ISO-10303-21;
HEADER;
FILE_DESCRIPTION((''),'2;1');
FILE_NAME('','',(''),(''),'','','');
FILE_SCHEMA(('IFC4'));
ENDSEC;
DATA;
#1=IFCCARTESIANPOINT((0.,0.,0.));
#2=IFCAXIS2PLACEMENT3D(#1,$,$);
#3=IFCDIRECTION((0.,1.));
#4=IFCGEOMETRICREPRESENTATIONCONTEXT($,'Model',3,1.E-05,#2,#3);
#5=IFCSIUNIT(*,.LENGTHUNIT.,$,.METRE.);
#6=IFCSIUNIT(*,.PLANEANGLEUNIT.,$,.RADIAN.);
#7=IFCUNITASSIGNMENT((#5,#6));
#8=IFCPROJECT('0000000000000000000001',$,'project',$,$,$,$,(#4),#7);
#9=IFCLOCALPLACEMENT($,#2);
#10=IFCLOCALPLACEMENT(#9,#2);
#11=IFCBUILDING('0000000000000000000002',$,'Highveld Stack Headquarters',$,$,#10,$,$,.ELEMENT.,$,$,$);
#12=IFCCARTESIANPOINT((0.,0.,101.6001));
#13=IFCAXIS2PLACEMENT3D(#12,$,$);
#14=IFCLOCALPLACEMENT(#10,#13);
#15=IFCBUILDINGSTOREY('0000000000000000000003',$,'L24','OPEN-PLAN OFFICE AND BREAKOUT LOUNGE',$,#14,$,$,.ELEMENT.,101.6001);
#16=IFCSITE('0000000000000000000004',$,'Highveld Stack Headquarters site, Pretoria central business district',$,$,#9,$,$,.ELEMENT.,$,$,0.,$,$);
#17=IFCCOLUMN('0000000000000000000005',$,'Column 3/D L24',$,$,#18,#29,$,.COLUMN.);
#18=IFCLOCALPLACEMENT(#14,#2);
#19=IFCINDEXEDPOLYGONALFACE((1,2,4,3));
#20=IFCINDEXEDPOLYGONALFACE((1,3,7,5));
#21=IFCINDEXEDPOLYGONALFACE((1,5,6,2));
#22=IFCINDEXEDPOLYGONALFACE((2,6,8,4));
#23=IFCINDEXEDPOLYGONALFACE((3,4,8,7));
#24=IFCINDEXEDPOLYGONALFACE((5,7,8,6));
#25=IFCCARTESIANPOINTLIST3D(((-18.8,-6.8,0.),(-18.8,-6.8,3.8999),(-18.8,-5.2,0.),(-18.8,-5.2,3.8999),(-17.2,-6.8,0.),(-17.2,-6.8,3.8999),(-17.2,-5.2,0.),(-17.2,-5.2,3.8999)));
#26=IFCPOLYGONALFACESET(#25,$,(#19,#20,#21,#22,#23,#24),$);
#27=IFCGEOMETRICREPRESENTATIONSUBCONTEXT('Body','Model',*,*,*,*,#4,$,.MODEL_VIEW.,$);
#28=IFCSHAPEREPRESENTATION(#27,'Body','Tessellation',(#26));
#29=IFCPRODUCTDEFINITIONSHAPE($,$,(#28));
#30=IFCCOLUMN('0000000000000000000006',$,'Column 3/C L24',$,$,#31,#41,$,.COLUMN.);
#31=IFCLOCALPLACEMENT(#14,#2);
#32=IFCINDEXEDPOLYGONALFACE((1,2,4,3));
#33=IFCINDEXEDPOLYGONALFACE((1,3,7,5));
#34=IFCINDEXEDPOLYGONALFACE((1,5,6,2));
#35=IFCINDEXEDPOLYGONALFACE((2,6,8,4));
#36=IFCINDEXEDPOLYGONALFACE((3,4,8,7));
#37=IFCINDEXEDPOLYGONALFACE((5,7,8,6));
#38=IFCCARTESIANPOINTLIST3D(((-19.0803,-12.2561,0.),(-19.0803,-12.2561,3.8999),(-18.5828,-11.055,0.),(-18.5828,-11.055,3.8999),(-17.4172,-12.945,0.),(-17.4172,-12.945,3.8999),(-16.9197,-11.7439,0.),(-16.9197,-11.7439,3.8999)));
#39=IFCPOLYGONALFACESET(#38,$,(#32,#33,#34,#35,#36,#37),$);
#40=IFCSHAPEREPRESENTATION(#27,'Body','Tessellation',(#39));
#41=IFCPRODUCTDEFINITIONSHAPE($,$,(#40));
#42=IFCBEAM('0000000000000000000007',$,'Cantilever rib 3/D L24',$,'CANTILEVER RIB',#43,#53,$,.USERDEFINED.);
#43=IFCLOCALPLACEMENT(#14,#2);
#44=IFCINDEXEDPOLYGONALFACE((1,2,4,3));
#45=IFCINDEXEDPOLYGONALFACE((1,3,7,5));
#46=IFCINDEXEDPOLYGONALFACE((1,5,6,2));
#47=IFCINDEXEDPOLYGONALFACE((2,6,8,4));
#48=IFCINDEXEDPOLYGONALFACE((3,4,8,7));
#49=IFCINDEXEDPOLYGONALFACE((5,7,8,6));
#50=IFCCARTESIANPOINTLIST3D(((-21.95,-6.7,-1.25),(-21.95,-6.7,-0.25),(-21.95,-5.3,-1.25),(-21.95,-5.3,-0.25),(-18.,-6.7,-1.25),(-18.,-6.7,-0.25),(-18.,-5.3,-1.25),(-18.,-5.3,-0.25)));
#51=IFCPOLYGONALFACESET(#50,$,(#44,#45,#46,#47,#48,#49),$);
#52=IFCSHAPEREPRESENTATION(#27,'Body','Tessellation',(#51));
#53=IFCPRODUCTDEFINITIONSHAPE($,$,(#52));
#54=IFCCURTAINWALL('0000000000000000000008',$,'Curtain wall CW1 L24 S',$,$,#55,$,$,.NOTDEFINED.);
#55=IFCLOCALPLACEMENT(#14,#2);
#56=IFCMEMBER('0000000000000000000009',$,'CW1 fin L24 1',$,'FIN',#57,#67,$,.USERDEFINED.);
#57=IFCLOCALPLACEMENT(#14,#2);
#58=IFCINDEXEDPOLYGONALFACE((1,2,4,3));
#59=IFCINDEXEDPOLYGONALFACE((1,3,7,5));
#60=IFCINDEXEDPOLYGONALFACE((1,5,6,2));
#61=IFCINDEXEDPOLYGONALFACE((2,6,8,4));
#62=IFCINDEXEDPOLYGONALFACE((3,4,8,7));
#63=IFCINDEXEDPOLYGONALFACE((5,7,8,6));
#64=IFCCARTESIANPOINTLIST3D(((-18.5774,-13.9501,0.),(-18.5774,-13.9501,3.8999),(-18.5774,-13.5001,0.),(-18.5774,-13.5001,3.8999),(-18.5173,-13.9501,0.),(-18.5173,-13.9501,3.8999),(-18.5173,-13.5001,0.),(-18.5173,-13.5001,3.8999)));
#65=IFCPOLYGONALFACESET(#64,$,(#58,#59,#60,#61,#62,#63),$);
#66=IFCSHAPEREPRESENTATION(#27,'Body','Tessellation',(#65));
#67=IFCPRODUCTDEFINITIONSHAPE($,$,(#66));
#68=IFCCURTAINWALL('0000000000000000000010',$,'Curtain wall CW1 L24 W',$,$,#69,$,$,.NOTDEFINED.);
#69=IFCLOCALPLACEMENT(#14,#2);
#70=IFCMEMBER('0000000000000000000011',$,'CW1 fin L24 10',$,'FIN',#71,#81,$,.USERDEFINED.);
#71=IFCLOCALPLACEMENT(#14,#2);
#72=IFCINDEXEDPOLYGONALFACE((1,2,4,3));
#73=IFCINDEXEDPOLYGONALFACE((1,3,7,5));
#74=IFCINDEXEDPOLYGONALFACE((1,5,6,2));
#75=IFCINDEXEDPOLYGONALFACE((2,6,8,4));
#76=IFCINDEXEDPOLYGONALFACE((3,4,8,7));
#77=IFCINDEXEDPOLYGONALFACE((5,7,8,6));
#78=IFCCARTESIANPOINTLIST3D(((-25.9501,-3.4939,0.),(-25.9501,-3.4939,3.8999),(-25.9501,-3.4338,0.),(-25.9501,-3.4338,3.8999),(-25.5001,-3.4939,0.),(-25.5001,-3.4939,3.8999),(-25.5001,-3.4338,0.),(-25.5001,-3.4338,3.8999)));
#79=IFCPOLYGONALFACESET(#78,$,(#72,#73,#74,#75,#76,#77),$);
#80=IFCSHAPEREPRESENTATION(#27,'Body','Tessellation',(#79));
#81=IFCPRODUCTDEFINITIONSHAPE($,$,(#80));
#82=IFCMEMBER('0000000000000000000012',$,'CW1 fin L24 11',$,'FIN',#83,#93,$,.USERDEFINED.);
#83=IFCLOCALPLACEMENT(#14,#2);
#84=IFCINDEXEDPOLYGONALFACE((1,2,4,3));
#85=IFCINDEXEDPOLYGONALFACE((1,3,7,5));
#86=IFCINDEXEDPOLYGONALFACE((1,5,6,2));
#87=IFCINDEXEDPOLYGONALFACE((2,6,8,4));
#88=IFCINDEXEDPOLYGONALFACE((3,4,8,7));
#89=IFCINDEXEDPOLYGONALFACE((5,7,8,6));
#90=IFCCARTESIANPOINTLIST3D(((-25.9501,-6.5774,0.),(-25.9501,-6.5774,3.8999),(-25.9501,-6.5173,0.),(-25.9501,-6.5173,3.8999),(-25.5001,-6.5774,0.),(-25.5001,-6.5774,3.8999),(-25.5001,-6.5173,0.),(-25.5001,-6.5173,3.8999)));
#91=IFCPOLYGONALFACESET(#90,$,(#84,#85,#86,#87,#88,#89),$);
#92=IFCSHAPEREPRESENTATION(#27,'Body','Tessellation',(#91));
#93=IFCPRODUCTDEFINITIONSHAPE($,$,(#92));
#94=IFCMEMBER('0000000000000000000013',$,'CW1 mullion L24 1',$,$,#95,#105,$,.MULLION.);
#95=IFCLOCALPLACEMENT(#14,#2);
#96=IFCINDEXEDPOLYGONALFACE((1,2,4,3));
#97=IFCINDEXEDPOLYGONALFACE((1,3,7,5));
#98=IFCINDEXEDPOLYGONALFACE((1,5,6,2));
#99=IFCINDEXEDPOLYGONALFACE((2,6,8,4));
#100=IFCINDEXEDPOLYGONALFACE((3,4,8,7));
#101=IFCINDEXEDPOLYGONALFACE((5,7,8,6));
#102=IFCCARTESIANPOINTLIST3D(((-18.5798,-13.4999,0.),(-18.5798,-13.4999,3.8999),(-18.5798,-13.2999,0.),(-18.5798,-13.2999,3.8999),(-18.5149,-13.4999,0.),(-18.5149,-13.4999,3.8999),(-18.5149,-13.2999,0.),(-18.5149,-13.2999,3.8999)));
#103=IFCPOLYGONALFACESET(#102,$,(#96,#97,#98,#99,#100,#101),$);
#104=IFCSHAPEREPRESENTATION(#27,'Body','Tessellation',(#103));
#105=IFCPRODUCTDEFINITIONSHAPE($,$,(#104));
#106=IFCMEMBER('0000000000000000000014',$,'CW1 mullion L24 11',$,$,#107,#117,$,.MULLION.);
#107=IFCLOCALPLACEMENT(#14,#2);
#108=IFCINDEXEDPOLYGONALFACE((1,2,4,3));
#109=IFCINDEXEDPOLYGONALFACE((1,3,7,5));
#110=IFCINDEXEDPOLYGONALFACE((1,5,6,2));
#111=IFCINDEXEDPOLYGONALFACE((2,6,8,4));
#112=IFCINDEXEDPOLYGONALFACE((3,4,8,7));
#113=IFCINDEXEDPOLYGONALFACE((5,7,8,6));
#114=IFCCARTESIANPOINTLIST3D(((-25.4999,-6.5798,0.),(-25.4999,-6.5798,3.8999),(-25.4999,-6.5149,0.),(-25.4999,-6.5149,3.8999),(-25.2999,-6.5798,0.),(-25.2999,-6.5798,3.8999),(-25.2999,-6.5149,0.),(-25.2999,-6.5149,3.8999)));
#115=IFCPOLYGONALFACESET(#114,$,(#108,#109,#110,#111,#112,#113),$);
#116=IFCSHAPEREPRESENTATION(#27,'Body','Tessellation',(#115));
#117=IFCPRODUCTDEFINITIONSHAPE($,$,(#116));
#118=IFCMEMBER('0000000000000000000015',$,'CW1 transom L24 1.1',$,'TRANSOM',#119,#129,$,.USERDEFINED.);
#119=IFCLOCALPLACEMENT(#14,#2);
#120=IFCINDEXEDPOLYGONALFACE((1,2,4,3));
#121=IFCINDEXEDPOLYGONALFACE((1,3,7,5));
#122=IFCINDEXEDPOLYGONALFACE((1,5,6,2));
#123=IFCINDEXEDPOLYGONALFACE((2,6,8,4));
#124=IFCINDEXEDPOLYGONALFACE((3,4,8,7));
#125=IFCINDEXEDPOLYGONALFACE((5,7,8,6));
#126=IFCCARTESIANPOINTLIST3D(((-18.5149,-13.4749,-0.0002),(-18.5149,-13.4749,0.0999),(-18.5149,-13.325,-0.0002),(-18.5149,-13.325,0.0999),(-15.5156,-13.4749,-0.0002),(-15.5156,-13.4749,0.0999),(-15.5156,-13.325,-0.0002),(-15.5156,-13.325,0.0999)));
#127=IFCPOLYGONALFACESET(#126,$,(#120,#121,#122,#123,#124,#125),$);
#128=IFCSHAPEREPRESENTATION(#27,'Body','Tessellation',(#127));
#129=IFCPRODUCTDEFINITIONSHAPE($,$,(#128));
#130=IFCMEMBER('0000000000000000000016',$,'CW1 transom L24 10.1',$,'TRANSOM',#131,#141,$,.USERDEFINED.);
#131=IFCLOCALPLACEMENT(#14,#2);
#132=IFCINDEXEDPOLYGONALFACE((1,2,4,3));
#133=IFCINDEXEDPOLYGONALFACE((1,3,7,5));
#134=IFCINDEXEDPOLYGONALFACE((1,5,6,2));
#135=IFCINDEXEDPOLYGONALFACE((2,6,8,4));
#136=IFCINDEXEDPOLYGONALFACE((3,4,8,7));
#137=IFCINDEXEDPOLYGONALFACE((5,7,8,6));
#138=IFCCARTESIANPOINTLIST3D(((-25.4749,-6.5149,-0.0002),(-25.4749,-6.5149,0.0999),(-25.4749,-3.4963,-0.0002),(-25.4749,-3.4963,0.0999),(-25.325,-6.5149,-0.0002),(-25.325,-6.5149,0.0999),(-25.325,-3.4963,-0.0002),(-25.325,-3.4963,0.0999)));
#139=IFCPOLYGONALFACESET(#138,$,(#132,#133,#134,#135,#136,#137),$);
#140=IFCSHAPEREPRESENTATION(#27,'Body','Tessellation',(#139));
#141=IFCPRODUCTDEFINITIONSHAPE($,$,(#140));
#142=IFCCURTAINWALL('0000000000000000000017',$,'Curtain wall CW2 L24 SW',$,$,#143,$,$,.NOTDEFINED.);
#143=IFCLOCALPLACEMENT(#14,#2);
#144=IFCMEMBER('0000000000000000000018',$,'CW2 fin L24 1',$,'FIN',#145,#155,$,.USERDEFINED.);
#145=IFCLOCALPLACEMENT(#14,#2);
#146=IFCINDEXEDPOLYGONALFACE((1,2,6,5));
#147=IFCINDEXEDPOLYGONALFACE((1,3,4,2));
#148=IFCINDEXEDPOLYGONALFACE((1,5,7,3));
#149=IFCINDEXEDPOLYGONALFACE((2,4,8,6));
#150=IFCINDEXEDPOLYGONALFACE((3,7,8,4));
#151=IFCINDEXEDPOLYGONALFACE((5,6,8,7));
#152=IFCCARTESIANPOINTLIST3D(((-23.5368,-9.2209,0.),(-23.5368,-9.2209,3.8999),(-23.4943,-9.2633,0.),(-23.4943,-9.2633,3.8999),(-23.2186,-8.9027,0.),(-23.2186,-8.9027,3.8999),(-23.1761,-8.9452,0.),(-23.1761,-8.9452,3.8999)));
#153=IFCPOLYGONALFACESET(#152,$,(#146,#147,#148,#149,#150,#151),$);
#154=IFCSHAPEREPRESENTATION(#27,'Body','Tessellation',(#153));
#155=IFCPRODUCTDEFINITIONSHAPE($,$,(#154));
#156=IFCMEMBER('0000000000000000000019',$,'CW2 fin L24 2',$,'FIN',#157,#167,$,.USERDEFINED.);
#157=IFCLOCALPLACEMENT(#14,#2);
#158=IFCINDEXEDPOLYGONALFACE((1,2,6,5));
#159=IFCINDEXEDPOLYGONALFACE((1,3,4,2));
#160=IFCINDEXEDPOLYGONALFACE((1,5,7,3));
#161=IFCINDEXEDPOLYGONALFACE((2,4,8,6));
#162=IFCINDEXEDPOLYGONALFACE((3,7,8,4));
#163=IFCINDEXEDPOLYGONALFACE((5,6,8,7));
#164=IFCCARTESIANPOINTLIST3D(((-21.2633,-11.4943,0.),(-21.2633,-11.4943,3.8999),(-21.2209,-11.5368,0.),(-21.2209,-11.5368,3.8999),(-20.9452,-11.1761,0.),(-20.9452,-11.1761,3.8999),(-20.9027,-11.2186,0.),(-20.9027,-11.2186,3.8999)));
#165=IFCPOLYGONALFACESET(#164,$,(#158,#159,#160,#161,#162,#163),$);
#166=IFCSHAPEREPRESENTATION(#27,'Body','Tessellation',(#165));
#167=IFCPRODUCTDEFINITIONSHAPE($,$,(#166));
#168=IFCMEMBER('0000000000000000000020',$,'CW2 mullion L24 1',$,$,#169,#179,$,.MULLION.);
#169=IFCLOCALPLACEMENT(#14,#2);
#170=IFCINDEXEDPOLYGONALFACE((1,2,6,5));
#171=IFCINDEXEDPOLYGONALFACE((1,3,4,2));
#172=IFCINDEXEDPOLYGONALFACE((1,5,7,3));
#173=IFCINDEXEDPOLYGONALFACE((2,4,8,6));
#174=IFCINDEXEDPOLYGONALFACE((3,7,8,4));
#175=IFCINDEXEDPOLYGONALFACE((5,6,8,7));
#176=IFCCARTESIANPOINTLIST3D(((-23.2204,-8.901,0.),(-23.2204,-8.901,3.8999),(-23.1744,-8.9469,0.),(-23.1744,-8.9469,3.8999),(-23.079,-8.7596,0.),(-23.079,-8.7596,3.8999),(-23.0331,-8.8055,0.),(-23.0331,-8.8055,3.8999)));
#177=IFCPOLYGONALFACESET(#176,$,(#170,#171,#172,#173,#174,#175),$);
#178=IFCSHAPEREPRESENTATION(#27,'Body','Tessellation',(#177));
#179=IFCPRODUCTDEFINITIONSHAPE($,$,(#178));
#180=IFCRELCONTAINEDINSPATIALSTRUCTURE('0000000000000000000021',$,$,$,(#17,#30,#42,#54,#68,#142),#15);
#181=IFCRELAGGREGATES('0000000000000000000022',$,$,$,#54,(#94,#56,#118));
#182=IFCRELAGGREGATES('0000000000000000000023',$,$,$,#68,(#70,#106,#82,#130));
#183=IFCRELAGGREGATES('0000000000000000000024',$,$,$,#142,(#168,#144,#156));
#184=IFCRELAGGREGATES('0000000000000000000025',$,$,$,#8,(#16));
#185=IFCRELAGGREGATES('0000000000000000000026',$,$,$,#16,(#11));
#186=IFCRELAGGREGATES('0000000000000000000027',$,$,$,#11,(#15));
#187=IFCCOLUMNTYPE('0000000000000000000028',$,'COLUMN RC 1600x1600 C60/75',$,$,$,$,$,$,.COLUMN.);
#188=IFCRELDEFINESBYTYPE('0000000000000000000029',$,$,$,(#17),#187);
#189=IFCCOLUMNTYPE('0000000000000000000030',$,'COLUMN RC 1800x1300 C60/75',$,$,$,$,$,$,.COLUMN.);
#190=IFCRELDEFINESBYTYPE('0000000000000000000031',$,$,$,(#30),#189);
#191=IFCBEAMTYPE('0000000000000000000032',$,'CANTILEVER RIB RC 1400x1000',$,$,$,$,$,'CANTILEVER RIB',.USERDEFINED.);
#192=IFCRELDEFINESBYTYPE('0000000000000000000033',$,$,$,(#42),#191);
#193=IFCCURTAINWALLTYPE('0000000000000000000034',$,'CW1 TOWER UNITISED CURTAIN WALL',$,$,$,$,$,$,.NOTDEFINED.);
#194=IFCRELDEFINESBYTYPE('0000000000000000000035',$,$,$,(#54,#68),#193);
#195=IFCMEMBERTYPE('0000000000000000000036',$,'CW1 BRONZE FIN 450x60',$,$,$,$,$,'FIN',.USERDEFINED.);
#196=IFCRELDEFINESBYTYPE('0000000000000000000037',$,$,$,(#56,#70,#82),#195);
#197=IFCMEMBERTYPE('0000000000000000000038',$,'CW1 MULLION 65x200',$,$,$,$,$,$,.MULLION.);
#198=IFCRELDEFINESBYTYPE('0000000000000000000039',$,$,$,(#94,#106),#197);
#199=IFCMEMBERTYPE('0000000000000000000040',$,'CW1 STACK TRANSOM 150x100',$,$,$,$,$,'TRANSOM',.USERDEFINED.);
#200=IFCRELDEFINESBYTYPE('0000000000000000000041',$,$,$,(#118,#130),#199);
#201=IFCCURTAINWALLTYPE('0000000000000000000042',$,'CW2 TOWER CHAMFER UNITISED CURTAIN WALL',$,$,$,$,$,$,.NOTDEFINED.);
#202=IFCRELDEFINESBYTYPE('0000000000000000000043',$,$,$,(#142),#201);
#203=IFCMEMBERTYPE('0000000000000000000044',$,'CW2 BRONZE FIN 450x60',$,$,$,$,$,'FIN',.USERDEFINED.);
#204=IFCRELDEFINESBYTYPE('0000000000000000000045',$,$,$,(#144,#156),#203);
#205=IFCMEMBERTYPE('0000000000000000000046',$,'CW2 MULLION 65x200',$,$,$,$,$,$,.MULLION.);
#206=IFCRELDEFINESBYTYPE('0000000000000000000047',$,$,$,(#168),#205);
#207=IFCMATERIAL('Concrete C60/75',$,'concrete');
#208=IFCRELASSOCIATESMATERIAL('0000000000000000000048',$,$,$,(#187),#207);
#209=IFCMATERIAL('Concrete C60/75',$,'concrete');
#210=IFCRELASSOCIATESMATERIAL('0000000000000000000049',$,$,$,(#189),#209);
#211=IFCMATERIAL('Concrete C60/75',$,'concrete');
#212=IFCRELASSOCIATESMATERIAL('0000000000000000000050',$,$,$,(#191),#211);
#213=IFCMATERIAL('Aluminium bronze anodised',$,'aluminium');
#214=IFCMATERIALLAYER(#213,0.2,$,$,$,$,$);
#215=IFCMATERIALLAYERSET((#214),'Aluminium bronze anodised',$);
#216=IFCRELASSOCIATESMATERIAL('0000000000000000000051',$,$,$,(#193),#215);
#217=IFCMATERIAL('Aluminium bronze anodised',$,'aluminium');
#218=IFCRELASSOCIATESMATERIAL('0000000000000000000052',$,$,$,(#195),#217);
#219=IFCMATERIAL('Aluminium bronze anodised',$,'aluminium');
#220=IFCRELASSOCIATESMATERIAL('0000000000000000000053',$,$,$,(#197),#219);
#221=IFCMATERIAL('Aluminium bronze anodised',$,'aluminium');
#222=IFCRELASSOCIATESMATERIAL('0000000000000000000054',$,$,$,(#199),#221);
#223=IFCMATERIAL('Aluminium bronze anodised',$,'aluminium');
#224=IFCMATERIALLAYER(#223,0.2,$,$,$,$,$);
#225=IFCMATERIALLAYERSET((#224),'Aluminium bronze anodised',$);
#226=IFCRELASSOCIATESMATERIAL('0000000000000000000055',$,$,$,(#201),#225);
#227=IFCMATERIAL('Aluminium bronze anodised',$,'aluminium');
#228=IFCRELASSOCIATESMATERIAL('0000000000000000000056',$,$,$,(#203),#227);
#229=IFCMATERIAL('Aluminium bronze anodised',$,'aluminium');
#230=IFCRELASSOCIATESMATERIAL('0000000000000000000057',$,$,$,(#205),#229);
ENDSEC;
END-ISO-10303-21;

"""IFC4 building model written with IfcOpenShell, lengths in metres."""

from ifc_helpers import new_model, si_unit, direction, frame, origin, origin_2d, place, context, subcontext, project, spatial, rectangle, extrude, material, layer, layer_set, material_profile, profile_set, type_object, element, aggregate, save


model = new_model("IFC4")

# Units and contexts
model_context = context("Model", 3, precision=1e-05, world=origin(), true_north=direction((0.0, 1.0)))
body_context = subcontext(model_context, "Body", "Model", "MODEL_VIEW")
ifc_project = project(units=[si_unit("LENGTHUNIT", "METRE"), si_unit("PLANEANGLEUNIT", "RADIAN")], contexts=[model_context])

# Site, building, storey
site_placement = place(None, origin())
site = spatial("IfcSite", under=ifc_project, at=site_placement, Name="Highveld Stack Headquarters site, Pretoria central business district", CompositionType="ELEMENT", RefElevation=0.0)
building_placement = place(site_placement, origin())
building = spatial("IfcBuilding", under=site, at=building_placement, Name="Highveld Stack Headquarters", CompositionType="ELEMENT")
storey_placement = place(building_placement, frame((0.0, 0.0, 101.6001)))
storey = spatial("IfcBuildingStorey", under=building, at=storey_placement, Name="L24", Description="OPEN-PLAN OFFICE AND BREAKOUT LOUNGE", CompositionType="ELEMENT", Elevation=101.6001)

# Columns
ifc_material_1 = material(Name="Concrete C60/75", Category="concrete")
ifc_material_profile_1 = material_profile(ifc_material_1, rectangle(XDim=1.6001, YDim=1.6001, at=origin_2d()), Name="RC 1600x1600")
ifc_profile_set_1 = profile_set([ifc_material_profile_1], Name="Concrete C60/75")
column_type_1 = type_object("IfcColumnType", Name="COLUMN RC 1600x1600 C60/75", PredefinedType="COLUMN", material=ifc_profile_set_1)
column_1_placement = place(storey_placement, frame((-18.0, -6.0, 0.0), z_axis=(0.0, 0.0, 1.0), x_axis=(1.0, 0.0, 0.0)))
element("IfcColumn", 1, at=column_1_placement, inside=storey, type_object=column_type_1, Name="Column 3/D L24", PredefinedType="COLUMN", context=body_context, shape_type="SweptSolid", body=[
    extrude(rectangle(XDim=1.6001, YDim=1.6001, at=origin_2d()), origin(), (0.0, 0.0, 1.0), 3.8999),
])
ifc_material_2 = material(Name="Concrete C60/75", Category="concrete")
ifc_material_profile_2 = material_profile(ifc_material_2, rectangle(XDim=1.8, YDim=1.3, at=origin_2d()), Name="RC 1800x1300")
ifc_profile_set_2 = profile_set([ifc_material_profile_2], Name="Concrete C60/75")
column_type_2 = type_object("IfcColumnType", Name="COLUMN RC 1800x1300 C60/75", PredefinedType="COLUMN", material=ifc_profile_set_2)
column_2_placement = place(storey_placement, frame((-18.0, -12.0, 0.0), z_axis=(0.0, 0.0, 1.0), x_axis=(-0.92388, 0.382683, 0.0)))
element("IfcColumn", 2, at=column_2_placement, inside=storey, type_object=column_type_2, Name="Column 3/C L24", PredefinedType="COLUMN", context=body_context, shape_type="SweptSolid", body=[
    extrude(rectangle(XDim=1.8, YDim=1.3, at=origin_2d()), origin(), (0.0, 0.0, 1.0), 3.8999),
])

# Beam
ifc_material_3 = material(Name="Concrete C60/75", Category="concrete")
ifc_material_profile_3 = material_profile(ifc_material_3, rectangle(XDim=1.3999, YDim=1.0, at=origin_2d()), Name="RC 1400x1000")
ifc_profile_set_3 = profile_set([ifc_material_profile_3], Name="Concrete C60/75")
beam_type_1 = type_object("IfcBeamType", Name="CANTILEVER RIB RC 1400x1000", ElementType="CANTILEVER RIB", PredefinedType="USERDEFINED", material=ifc_profile_set_3)
beam_1_placement = place(storey_placement, frame((-18.0, -6.0, -0.75), z_axis=(-1.0, 0.0, 0.0), x_axis=(0.0, -1.0, 0.0)))
element("IfcBeam", 3, at=beam_1_placement, inside=storey, type_object=beam_type_1, Name="Cantilever rib 3/D L24", ObjectType="CANTILEVER RIB", PredefinedType="USERDEFINED", context=body_context, shape_type="SweptSolid", body=[
    extrude(rectangle(XDim=1.3999, YDim=1.0, at=origin_2d()), origin(), (0.0, 0.0, 1.0), 3.95),
])

# Curtain wall, member
ifc_material_4 = material(Name="Aluminium bronze anodised", Category="aluminium")
ifc_layer_1 = layer(ifc_material_4, 0.2)
ifc_layer_set_1 = layer_set([ifc_layer_1], Name="Aluminium bronze anodised")
curtain_wall_type_1 = type_object("IfcCurtainWallType", Name="CW1 TOWER UNITISED CURTAIN WALL", PredefinedType="NOTDEFINED", material=ifc_layer_set_1)
curtain_wall_1_placement = place(storey_placement, origin())
curtain_wall_1 = element("IfcCurtainWall", 4, at=curtain_wall_1_placement, inside=storey, type_object=curtain_wall_type_1, Name="Curtain wall CW1 L24 S", PredefinedType="NOTDEFINED")
ifc_material_5 = material(Name="Aluminium bronze anodised", Category="aluminium")
ifc_material_profile_4 = material_profile(ifc_material_5, rectangle(XDim=0.45, YDim=0.0601, at=origin_2d()), Name="FIN 450x60")
ifc_profile_set_4 = profile_set([ifc_material_profile_4], Name="Aluminium bronze anodised")
member_type_1 = type_object("IfcMemberType", Name="CW1 BRONZE FIN 450x60", ElementType="FIN", PredefinedType="USERDEFINED", material=ifc_profile_set_4)
member_1_placement = place(storey_placement, frame((-18.5474, -13.7251, 0.0), z_axis=(0.0, 0.0, 1.0), x_axis=(0.0, 1.0, 0.0)))
member_1 = element("IfcMember", 5, at=member_1_placement, type_object=member_type_1, Name="CW1 fin L24 1", ObjectType="FIN", PredefinedType="USERDEFINED", context=body_context, shape_type="SweptSolid", body=[
    extrude(rectangle(XDim=0.45, YDim=0.0601, at=origin_2d()), origin(), (0.0, 0.0, 1.0), 3.8999),
])

# Curtain wall, members
curtain_wall_2_placement = place(storey_placement, origin())
curtain_wall_2 = element("IfcCurtainWall", 6, at=curtain_wall_2_placement, inside=storey, type_object=curtain_wall_type_1, Name="Curtain wall CW1 L24 W", PredefinedType="NOTDEFINED")
member_2_placement = place(storey_placement, frame((-25.7251, -3.4639, 0.0), z_axis=(0.0, 0.0, 1.0), x_axis=(1.0, 0.0, 0.0)))
member_2 = element("IfcMember", 7, at=member_2_placement, type_object=member_type_1, Name="CW1 fin L24 10", ObjectType="FIN", PredefinedType="USERDEFINED", context=body_context, shape_type="SweptSolid", body=[
    extrude(rectangle(XDim=0.45, YDim=0.0601, at=origin_2d()), origin(), (0.0, 0.0, 1.0), 3.8999),
])
member_3_placement = place(storey_placement, frame((-25.7251, -6.5474, 0.0), z_axis=(0.0, 0.0, 1.0), x_axis=(1.0, 0.0, 0.0)))
member_3 = element("IfcMember", 8, at=member_3_placement, type_object=member_type_1, Name="CW1 fin L24 11", ObjectType="FIN", PredefinedType="USERDEFINED", context=body_context, shape_type="SweptSolid", body=[
    extrude(rectangle(XDim=0.45, YDim=0.0601, at=origin_2d()), origin(), (0.0, 0.0, 1.0), 3.8999),
])

# Members
ifc_material_6 = material(Name="Aluminium bronze anodised", Category="aluminium")
ifc_material_profile_5 = material_profile(ifc_material_6, rectangle(XDim=0.2, YDim=0.0649, at=origin_2d()), Name="CW1 MULLION 65x200")
ifc_profile_set_5 = profile_set([ifc_material_profile_5], Name="Aluminium bronze anodised")
member_type_2 = type_object("IfcMemberType", Name="CW1 MULLION 65x200", PredefinedType="MULLION", material=ifc_profile_set_5)
member_4_placement = place(storey_placement, frame((-18.5474, -13.3999, 0.0), z_axis=(0.0, 0.0, 1.0), x_axis=(0.0, 1.0, 0.0)))
member_4 = element("IfcMember", 9, at=member_4_placement, type_object=member_type_2, Name="CW1 mullion L24 1", PredefinedType="MULLION", context=body_context, shape_type="SweptSolid", body=[
    extrude(rectangle(XDim=0.2, YDim=0.0649, at=origin_2d()), origin(), (0.0, 0.0, 1.0), 3.8999),
])
member_5_placement = place(storey_placement, frame((-25.3999, -6.5474, 0.0), z_axis=(0.0, 0.0, 1.0), x_axis=(1.0, 0.0, 0.0)))
member_5 = element("IfcMember", 10, at=member_5_placement, type_object=member_type_2, Name="CW1 mullion L24 11", PredefinedType="MULLION", context=body_context, shape_type="SweptSolid", body=[
    extrude(rectangle(XDim=0.2, YDim=0.0649, at=origin_2d()), origin(), (0.0, 0.0, 1.0), 3.8999),
])
ifc_material_7 = material(Name="Aluminium bronze anodised", Category="aluminium")
ifc_material_profile_6 = material_profile(ifc_material_7, rectangle(XDim=0.1499, YDim=0.1001, at=origin_2d()), Name="CW1 TRANSOM 150x100")
ifc_profile_set_6 = profile_set([ifc_material_profile_6], Name="Aluminium bronze anodised")
member_type_3 = type_object("IfcMemberType", Name="CW1 STACK TRANSOM 150x100", ElementType="TRANSOM", PredefinedType="USERDEFINED", material=ifc_profile_set_6)
member_6_placement = place(storey_placement, frame((-18.5149, -13.3999, 0.0498), z_axis=(1.0, 0.0, 0.0), x_axis=(0.0, 1.0, 0.0)))
member_6 = element("IfcMember", 11, at=member_6_placement, type_object=member_type_3, Name="CW1 transom L24 1.1", ObjectType="TRANSOM", PredefinedType="USERDEFINED", context=body_context, shape_type="SweptSolid", body=[
    extrude(rectangle(XDim=0.1499, YDim=0.1001, at=origin_2d()), origin(), (0.0, 0.0, 1.0), 2.9993),
])
aggregate(curtain_wall_1, [member_4, member_1, member_6])
member_7_placement = place(storey_placement, frame((-25.3999, -3.4963, 0.0498), z_axis=(0.0, -1.0, 0.0), x_axis=(1.0, 0.0, 0.0)))
member_7 = element("IfcMember", 12, at=member_7_placement, type_object=member_type_3, Name="CW1 transom L24 10.1", ObjectType="TRANSOM", PredefinedType="USERDEFINED", context=body_context, shape_type="SweptSolid", body=[
    extrude(rectangle(XDim=0.1499, YDim=0.1001, at=origin_2d()), origin(), (0.0, 0.0, 1.0), 3.0186),
])

# Curtain wall, members
ifc_material_8 = material(Name="Aluminium bronze anodised", Category="aluminium")
ifc_layer_2 = layer(ifc_material_8, 0.2)
ifc_layer_set_2 = layer_set([ifc_layer_2], Name="Aluminium bronze anodised")
curtain_wall_type_2 = type_object("IfcCurtainWallType", Name="CW2 TOWER CHAMFER UNITISED CURTAIN WALL", PredefinedType="NOTDEFINED", material=ifc_layer_set_2)
curtain_wall_3_placement = place(storey_placement, origin())
curtain_wall_3 = element("IfcCurtainWall", 13, at=curtain_wall_3_placement, inside=storey, type_object=curtain_wall_type_2, Name="Curtain wall CW2 L24 SW", PredefinedType="NOTDEFINED")
ifc_material_9 = material(Name="Aluminium bronze anodised", Category="aluminium")
ifc_material_profile_7 = material_profile(ifc_material_9, rectangle(XDim=0.45, YDim=0.0601, at=origin_2d()), Name="FIN 450x60")
ifc_profile_set_7 = profile_set([ifc_material_profile_7], Name="Aluminium bronze anodised")
member_type_4 = type_object("IfcMemberType", Name="CW2 BRONZE FIN 450x60", ElementType="FIN", PredefinedType="USERDEFINED", material=ifc_profile_set_7)
member_8_placement = place(storey_placement, frame((-23.3564, -9.083, 0.0), z_axis=(0.0, 0.0, 1.0), x_axis=(0.707107, 0.707107, 0.0)))
member_8 = element("IfcMember", 14, at=member_8_placement, type_object=member_type_4, Name="CW2 fin L24 1", ObjectType="FIN", PredefinedType="USERDEFINED", context=body_context, shape_type="SweptSolid", body=[
    extrude(rectangle(XDim=0.45, YDim=0.0601, at=origin_2d()), origin(), (0.0, 0.0, 1.0), 3.8999),
])
member_9_placement = place(storey_placement, frame((-21.083, -11.3564, 0.0), z_axis=(0.0, 0.0, 1.0), x_axis=(0.707107, 0.707107, 0.0)))
member_9 = element("IfcMember", 15, at=member_9_placement, type_object=member_type_4, Name="CW2 fin L24 2", ObjectType="FIN", PredefinedType="USERDEFINED", context=body_context, shape_type="SweptSolid", body=[
    extrude(rectangle(XDim=0.45, YDim=0.0601, at=origin_2d()), origin(), (0.0, 0.0, 1.0), 3.8999),
])
ifc_material_10 = material(Name="Aluminium bronze anodised", Category="aluminium")
ifc_material_profile_8 = material_profile(ifc_material_10, rectangle(XDim=0.2, YDim=0.0649, at=origin_2d()), Name="CW2 MULLION 65x200")
ifc_profile_set_8 = profile_set([ifc_material_profile_8], Name="Aluminium bronze anodised")
member_type_5 = type_object("IfcMemberType", Name="CW2 MULLION 65x200", PredefinedType="MULLION", material=ifc_profile_set_8)
member_10_placement = place(storey_placement, frame((-23.1267, -8.8533, 0.0), z_axis=(0.0, 0.0, 1.0), x_axis=(0.707107, 0.707107, 0.0)))
member_10 = element("IfcMember", 16, at=member_10_placement, type_object=member_type_5, Name="CW2 mullion L24 1", PredefinedType="MULLION", context=body_context, shape_type="SweptSolid", body=[
    extrude(rectangle(XDim=0.2, YDim=0.0649, at=origin_2d()), origin(), (0.0, 0.0, 1.0), 3.8999),
])

aggregate(curtain_wall_2, [member_2, member_5, member_3, member_7])
aggregate(curtain_wall_3, [member_10, member_8, member_9])

save(model, "model.ifc")
